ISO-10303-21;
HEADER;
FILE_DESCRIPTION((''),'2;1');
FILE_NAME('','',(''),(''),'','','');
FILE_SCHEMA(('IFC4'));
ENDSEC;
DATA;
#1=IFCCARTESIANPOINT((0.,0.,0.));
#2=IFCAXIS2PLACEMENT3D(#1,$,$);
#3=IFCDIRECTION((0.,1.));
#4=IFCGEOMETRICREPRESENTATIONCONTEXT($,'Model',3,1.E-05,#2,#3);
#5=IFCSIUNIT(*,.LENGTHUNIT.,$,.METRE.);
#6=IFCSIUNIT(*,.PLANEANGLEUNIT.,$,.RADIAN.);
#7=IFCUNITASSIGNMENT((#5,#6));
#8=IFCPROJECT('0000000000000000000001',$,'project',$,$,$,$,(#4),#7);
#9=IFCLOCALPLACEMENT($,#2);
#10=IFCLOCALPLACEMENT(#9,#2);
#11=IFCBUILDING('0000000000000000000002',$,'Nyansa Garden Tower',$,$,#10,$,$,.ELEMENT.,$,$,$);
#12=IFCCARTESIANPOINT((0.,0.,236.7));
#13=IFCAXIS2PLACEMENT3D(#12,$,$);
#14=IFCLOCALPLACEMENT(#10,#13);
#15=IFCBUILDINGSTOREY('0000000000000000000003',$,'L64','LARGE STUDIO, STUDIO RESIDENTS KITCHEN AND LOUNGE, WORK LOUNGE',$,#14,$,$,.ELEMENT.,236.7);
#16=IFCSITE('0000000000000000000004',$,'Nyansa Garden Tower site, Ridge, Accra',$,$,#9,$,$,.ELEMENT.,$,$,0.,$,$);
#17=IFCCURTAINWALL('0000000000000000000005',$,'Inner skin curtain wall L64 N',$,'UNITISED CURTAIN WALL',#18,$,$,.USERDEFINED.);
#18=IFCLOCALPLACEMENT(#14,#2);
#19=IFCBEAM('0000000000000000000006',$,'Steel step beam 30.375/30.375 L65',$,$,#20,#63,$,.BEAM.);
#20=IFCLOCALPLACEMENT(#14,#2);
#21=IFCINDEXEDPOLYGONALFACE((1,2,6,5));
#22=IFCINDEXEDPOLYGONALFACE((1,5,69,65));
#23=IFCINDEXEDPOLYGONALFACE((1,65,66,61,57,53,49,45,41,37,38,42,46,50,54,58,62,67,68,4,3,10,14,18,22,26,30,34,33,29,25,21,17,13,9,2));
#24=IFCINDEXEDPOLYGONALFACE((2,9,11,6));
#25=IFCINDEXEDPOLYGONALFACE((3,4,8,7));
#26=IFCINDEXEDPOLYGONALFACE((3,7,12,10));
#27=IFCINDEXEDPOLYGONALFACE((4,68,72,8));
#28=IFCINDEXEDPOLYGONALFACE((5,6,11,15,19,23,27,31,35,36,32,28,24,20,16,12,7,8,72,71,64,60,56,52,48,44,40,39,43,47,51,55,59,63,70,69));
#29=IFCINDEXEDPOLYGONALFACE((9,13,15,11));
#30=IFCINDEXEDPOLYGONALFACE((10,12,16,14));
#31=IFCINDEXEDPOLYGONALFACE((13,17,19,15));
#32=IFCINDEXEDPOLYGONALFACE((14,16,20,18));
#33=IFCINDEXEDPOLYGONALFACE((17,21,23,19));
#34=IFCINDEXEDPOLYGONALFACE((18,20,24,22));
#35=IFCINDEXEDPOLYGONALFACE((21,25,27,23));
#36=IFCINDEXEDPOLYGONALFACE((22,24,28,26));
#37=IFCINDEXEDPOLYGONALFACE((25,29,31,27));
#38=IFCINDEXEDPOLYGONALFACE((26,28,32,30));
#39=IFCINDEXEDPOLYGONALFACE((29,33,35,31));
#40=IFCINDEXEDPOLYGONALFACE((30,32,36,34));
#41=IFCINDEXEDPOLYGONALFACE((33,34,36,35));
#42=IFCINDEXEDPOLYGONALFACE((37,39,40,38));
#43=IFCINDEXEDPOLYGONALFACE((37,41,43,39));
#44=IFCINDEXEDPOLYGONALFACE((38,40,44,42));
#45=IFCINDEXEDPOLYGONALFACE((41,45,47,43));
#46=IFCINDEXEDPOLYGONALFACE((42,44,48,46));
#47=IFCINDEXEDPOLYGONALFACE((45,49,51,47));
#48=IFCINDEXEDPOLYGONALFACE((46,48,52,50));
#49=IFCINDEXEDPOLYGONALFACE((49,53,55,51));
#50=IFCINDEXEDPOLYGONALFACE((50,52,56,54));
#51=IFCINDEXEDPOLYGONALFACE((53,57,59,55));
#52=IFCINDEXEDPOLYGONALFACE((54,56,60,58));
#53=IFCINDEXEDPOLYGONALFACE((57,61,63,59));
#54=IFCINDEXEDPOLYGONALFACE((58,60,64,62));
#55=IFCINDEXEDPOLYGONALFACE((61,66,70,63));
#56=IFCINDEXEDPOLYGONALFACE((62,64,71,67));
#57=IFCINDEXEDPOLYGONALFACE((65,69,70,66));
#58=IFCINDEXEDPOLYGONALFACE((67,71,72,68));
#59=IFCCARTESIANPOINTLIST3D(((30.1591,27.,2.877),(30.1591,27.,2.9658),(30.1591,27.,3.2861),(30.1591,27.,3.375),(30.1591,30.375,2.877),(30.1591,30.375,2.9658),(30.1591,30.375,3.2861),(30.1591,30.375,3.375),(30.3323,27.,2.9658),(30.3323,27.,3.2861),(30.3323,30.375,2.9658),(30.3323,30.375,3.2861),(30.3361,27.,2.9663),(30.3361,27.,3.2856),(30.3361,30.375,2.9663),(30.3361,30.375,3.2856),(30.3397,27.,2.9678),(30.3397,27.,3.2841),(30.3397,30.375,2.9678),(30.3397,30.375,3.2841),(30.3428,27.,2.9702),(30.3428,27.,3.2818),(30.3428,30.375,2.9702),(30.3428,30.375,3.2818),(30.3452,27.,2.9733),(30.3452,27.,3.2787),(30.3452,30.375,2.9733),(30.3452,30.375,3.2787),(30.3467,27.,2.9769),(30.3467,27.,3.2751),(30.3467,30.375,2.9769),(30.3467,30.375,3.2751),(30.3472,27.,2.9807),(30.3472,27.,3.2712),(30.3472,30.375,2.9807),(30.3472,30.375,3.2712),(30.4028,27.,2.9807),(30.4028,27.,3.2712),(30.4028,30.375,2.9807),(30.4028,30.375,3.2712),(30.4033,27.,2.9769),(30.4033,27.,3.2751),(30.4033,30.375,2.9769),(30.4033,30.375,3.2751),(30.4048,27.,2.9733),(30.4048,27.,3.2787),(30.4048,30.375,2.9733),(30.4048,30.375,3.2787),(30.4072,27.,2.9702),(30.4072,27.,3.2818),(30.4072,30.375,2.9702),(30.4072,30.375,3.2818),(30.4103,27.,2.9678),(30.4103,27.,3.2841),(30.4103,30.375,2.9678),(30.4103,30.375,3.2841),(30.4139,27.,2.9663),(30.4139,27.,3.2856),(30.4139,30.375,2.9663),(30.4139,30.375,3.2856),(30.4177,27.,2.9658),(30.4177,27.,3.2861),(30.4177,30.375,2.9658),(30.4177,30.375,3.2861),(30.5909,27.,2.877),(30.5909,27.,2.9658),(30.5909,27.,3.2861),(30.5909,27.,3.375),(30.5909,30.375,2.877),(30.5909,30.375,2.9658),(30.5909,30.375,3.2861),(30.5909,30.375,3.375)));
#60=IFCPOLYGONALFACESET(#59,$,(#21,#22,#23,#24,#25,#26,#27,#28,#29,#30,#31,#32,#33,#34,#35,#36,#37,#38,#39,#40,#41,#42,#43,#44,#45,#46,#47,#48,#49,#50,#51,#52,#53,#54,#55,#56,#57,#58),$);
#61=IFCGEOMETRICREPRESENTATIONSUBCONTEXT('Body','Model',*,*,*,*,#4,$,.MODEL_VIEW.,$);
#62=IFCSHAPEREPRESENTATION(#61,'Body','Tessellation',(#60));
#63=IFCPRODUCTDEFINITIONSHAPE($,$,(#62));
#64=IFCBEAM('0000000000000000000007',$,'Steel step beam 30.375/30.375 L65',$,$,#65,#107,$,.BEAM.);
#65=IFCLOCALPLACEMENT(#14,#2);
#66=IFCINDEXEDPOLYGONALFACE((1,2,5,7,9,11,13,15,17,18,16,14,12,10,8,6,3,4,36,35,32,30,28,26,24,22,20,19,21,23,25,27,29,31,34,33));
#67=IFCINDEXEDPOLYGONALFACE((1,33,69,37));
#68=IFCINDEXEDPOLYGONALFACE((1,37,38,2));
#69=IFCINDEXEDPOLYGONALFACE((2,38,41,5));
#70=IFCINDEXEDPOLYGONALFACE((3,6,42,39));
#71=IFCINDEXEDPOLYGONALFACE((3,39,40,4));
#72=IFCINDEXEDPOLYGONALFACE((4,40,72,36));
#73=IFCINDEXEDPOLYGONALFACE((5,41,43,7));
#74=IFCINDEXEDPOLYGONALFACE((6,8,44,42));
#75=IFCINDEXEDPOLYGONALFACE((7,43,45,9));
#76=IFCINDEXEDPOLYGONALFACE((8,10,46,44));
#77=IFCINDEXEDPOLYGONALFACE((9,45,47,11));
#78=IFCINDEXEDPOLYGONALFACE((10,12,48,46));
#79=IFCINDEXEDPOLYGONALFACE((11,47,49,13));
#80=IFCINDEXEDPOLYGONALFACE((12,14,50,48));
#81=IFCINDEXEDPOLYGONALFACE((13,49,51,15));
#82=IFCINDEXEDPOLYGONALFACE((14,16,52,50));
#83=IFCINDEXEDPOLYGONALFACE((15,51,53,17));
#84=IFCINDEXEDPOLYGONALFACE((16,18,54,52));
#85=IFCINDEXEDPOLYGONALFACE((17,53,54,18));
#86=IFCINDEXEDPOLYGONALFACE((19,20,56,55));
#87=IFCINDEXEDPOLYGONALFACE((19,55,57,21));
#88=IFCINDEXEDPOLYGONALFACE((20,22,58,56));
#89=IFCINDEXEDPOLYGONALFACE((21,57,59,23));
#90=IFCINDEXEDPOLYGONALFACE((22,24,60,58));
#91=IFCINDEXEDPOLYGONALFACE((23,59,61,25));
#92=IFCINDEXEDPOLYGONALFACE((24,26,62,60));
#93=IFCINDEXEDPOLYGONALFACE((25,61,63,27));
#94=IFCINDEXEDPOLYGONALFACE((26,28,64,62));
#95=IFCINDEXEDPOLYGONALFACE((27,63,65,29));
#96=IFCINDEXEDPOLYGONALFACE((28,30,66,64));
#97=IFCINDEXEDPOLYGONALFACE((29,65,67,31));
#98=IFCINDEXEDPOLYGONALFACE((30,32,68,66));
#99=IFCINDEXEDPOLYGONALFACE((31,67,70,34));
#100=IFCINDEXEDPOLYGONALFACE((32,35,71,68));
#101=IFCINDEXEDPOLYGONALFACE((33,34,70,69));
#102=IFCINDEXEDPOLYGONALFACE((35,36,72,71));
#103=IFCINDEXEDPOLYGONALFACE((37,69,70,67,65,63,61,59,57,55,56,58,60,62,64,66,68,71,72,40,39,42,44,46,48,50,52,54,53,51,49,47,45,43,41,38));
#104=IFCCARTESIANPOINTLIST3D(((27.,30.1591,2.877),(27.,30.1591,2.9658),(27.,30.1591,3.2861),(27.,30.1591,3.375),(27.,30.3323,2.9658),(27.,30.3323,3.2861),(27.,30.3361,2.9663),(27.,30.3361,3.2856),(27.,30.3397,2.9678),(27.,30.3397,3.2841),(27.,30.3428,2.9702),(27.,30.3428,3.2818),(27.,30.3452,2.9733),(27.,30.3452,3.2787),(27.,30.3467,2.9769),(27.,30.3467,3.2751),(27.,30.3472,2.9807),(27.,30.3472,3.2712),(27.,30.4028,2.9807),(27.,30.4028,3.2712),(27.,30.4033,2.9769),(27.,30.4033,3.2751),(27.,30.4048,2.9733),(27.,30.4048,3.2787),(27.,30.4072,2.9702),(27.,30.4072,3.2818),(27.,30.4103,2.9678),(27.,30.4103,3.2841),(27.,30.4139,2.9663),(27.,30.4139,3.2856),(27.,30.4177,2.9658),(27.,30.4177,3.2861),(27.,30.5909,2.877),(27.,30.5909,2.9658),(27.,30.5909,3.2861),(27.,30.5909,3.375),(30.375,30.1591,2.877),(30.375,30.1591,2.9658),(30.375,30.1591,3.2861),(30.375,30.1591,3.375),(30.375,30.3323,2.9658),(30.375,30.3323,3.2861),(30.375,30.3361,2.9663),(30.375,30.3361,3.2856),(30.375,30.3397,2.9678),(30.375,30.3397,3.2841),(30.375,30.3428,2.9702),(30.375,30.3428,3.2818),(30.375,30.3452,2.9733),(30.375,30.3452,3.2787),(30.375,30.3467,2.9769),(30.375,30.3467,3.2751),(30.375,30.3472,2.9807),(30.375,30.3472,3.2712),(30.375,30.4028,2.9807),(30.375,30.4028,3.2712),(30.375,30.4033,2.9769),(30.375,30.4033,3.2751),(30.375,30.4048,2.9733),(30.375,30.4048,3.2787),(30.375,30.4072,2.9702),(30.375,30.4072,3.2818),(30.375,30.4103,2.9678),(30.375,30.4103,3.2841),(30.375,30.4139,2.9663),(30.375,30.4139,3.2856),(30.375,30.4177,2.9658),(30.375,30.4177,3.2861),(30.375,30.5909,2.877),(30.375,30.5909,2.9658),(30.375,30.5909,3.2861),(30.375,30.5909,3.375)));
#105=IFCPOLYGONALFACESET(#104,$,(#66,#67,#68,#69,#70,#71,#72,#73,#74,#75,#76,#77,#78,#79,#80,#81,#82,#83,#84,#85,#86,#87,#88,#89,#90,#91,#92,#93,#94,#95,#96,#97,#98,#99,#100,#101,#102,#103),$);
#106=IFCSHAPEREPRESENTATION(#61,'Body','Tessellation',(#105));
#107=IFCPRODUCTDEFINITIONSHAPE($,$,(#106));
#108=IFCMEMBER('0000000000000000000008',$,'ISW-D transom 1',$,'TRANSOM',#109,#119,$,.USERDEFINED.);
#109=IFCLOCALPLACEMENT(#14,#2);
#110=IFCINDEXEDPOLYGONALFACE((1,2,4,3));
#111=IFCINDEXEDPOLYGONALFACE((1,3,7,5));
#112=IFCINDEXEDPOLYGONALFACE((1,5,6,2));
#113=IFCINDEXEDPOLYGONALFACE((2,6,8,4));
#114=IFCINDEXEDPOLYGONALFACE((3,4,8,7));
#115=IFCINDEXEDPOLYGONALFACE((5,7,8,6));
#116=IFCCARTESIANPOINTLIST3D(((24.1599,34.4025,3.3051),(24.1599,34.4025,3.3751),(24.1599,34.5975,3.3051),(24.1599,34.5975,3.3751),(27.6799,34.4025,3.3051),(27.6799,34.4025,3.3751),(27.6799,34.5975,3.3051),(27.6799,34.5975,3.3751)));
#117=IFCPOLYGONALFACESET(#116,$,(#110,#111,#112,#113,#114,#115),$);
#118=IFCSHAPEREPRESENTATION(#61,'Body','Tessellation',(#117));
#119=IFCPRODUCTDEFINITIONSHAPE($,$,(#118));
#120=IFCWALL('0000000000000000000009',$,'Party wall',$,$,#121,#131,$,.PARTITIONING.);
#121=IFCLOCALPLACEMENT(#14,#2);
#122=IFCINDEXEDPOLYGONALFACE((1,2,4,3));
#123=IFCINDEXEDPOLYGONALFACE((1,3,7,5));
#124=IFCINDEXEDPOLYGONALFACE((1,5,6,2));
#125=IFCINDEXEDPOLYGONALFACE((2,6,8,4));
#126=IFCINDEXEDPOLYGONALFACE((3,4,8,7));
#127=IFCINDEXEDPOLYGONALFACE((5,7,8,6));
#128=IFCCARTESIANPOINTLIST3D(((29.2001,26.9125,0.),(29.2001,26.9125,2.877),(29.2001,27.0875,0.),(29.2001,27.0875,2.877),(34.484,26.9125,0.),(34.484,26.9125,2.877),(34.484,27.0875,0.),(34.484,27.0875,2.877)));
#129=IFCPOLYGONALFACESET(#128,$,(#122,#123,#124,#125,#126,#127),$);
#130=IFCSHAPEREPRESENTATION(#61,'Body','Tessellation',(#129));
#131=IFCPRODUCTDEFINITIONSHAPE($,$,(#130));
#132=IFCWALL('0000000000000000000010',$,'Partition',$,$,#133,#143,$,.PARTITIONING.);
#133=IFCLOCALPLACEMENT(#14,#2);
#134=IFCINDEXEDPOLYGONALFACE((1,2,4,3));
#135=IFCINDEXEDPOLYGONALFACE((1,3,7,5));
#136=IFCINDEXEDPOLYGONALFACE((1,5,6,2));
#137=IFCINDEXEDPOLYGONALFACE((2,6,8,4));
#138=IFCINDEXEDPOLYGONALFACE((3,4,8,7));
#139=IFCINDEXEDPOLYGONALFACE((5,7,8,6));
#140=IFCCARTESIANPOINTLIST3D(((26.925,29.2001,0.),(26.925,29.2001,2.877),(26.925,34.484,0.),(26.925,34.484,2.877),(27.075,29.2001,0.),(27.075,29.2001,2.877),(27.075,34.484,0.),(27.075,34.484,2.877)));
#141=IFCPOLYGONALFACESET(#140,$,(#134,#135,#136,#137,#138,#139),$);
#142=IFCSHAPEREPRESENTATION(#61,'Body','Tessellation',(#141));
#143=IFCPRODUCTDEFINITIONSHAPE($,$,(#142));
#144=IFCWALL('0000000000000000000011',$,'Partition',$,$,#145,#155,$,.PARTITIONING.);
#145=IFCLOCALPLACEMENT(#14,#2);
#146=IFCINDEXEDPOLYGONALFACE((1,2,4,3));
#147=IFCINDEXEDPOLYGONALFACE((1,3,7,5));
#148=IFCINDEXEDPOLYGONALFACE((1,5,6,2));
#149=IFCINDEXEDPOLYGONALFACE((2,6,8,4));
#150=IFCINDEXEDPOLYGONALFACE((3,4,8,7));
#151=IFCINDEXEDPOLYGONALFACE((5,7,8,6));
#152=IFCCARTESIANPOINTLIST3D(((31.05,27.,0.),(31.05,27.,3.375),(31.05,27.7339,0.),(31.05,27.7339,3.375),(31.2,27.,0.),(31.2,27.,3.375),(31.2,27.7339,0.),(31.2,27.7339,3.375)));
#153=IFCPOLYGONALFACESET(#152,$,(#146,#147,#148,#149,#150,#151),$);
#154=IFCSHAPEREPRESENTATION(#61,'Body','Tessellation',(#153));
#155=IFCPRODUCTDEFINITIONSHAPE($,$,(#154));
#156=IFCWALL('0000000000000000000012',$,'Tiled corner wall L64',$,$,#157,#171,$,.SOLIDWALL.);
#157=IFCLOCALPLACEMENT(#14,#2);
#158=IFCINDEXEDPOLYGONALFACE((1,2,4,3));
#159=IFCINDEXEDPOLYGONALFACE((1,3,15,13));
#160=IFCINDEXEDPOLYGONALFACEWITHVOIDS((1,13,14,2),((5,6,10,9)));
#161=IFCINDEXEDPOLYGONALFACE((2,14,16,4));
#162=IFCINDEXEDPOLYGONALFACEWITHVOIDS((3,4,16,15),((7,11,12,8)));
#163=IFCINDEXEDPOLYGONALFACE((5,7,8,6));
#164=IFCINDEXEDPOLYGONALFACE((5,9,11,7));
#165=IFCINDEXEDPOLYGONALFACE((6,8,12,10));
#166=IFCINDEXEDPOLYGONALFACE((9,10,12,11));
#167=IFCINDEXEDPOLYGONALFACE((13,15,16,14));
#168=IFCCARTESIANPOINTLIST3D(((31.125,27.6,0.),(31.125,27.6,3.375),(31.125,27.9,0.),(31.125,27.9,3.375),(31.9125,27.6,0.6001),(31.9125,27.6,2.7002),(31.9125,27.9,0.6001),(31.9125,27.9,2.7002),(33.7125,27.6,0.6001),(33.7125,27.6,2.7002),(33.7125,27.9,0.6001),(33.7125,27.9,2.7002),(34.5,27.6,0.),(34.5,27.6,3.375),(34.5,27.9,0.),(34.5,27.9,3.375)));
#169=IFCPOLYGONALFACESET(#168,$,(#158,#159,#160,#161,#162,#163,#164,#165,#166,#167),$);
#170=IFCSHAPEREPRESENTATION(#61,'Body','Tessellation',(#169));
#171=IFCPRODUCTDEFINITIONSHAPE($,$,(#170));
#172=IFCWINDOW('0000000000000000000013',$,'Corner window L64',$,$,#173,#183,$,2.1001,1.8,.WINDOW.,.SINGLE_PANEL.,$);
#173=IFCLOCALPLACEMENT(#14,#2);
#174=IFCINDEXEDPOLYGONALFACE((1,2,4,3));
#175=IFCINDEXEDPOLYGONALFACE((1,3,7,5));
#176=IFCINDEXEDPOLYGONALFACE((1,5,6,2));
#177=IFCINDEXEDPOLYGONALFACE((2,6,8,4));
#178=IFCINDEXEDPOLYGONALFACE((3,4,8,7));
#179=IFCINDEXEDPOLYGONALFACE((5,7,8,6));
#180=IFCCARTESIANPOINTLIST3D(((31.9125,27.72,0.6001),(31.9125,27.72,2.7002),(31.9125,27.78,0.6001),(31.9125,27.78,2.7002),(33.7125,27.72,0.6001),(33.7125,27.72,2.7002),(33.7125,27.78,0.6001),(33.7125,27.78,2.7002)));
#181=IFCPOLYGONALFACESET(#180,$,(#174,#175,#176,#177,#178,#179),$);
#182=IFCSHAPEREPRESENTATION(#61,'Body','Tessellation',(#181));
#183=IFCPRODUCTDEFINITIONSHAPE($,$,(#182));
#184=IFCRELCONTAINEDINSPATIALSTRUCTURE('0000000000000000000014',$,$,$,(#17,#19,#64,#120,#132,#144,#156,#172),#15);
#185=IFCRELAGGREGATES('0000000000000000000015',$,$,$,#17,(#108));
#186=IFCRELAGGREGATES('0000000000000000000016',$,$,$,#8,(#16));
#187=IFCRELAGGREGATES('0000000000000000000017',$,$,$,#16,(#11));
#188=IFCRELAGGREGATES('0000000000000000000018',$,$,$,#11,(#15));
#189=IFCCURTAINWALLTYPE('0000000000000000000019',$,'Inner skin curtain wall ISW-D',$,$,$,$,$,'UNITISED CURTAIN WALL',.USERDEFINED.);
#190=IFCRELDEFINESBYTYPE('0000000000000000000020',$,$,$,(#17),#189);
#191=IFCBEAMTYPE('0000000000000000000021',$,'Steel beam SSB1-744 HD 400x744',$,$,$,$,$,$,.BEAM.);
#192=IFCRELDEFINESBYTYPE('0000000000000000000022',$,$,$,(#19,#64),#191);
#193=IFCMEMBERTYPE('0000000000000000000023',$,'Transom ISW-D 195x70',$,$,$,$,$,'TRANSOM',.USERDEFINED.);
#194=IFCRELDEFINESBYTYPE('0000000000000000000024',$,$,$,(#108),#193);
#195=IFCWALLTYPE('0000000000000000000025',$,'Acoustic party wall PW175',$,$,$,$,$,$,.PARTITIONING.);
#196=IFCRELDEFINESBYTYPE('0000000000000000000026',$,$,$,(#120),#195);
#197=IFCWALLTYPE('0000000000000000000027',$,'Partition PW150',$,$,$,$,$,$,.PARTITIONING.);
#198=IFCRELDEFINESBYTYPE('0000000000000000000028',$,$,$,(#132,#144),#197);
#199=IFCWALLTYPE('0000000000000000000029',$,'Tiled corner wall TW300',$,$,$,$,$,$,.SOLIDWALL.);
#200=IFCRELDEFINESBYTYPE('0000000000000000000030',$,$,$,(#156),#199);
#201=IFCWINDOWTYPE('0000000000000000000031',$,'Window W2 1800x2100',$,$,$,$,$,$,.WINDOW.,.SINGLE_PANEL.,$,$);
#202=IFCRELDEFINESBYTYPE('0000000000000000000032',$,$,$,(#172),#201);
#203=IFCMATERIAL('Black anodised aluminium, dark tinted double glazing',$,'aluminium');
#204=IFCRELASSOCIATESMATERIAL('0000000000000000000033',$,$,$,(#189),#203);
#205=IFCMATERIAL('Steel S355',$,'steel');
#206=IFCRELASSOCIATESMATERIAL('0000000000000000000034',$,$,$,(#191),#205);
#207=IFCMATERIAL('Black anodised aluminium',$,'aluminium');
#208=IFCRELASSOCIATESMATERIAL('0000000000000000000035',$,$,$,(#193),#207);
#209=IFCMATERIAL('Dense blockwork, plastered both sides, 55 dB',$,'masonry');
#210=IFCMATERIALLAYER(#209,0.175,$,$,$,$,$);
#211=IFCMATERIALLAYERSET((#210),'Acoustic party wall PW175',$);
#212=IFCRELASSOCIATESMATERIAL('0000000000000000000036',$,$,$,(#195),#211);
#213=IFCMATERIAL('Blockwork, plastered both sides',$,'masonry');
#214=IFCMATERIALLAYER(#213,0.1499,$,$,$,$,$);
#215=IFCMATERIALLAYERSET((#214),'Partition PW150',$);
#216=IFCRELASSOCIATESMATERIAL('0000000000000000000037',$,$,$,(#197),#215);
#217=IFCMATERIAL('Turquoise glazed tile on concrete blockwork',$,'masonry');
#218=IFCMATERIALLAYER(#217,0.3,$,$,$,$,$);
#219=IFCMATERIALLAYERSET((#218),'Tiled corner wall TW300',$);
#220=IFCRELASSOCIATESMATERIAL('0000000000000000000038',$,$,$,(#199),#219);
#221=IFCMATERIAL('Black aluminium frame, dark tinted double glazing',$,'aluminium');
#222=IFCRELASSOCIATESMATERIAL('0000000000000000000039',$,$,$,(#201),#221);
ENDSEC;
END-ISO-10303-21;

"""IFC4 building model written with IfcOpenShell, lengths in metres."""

from ifc_helpers import new_model, si_unit, direction, frame, frame_2d, origin, origin_2d, place, context, subcontext, project, spatial, rectangle, i_section, extrude, material, layer, layer_set, material_profile, profile_set, type_object, element, fill, aggregate, save


model = new_model("IFC4")

# Units and contexts
model_context = context("Model", 3, precision=1e-05, world=origin(), true_north=direction((0.0, 1.0)))
body_context = subcontext(model_context, "Body", "Model", "MODEL_VIEW")
ifc_project = project(units=[si_unit("LENGTHUNIT", "METRE"), si_unit("PLANEANGLEUNIT", "RADIAN")], contexts=[model_context])

# Site, building, storey
site_placement = place(None, origin())
site = spatial("IfcSite", under=ifc_project, at=site_placement, Name="Nyansa Garden Tower site, Ridge, Accra", CompositionType="ELEMENT", RefElevation=0.0)
building_placement = place(site_placement, origin())
building = spatial("IfcBuilding", under=site, at=building_placement, Name="Nyansa Garden Tower", CompositionType="ELEMENT")
storey_placement = place(building_placement, frame((0.0, 0.0, 236.7)))
storey = spatial("IfcBuildingStorey", under=building, at=storey_placement, Name="L64", Description="LARGE STUDIO, STUDIO RESIDENTS KITCHEN AND LOUNGE, WORK LOUNGE", CompositionType="ELEMENT", Elevation=236.7)

# Curtain wall
ifc_material_1 = material(Name="Black anodised aluminium, dark tinted double glazing", Category="aluminium")
curtain_wall_type = type_object("IfcCurtainWallType", Name="Inner skin curtain wall ISW-D", ElementType="UNITISED CURTAIN WALL", PredefinedType="USERDEFINED", material=ifc_material_1)
curtain_wall_1_placement = place(storey_placement, origin())
curtain_wall_1 = element("IfcCurtainWall", 1, at=curtain_wall_1_placement, inside=storey, type_object=curtain_wall_type, Name="Inner skin curtain wall L64 N", ObjectType="UNITISED CURTAIN WALL", PredefinedType="USERDEFINED")

# Beams
ifc_material_2 = material(Name="Steel S355", Category="steel")
ifc_material_profile_1 = material_profile(ifc_material_2, i_section(OverallWidth=0.4319, OverallDepth=0.498, WebThickness=0.0557, FlangeThickness=0.0889, FilletRadius=0.0149, at=origin_2d()), Name="HD 400x744")
ifc_profile_set_1 = profile_set([ifc_material_profile_1], Name="Steel S355")
beam_type_1 = type_object("IfcBeamType", Name="Steel beam SSB1-744 HD 400x744", PredefinedType="BEAM", material=ifc_profile_set_1)
for number, where, z_axis, x_axis, name in (
    (2, (30.375, 30.375, 3.126), (0.0, -1.0, 0.0), (1.0, 0.0, 0.0), "Steel step beam 30.375/30.375 L65"),
    (3, (30.375, 30.375, 3.126), (-1.0, 0.0, 0.0), (0.0, -1.0, 0.0), "Steel step beam 30.375/30.375 L65"),
):
    element("IfcBeam", number, at=place(storey_placement, frame(where, z_axis=z_axis, x_axis=x_axis)), inside=storey, type_object=beam_type_1, Name=name, PredefinedType="BEAM", context=body_context, shape_type="SweptSolid", body=[
        extrude(i_section(OverallWidth=0.4319, OverallDepth=0.498, WebThickness=0.0557, FlangeThickness=0.0889, FilletRadius=0.0149, at=origin_2d()), origin(), (0.0, 0.0, 1.0), 3.375),
    ])

# Member
ifc_material_3 = material(Name="Black anodised aluminium", Category="aluminium")
ifc_material_profile_2 = material_profile(ifc_material_3, rectangle(XDim=0.1951, YDim=0.0701, at=origin_2d()), Name="Transom 195x70")
ifc_profile_set_2 = profile_set([ifc_material_profile_2], Name="Black anodised aluminium")
member_type_1 = type_object("IfcMemberType", Name="Transom ISW-D 195x70", ElementType="TRANSOM", PredefinedType="USERDEFINED", material=ifc_profile_set_2)
member_1_placement = place(storey_placement, frame((27.6799, 34.5, 3.3401), z_axis=(-1.0, 0.0, 0.0), x_axis=(0.0, -1.0, 0.0)))
member_1 = element("IfcMember", 4, at=member_1_placement, type_object=member_type_1, Name="ISW-D transom 1", ObjectType="TRANSOM", PredefinedType="USERDEFINED", context=body_context, shape_type="SweptSolid", body=[
    extrude(rectangle(XDim=0.1951, YDim=0.0701, at=origin_2d()), origin(), (0.0, 0.0, 1.0), 3.52),
])
aggregate(curtain_wall_1, [member_1])

# Walls
ifc_material_4 = material(Name="Dense blockwork, plastered both sides, 55 dB", Category="masonry")
ifc_layer_1 = layer(ifc_material_4, 0.175)
ifc_layer_set_1 = layer_set([ifc_layer_1], Name="Acoustic party wall PW175")
wall_type_1 = type_object("IfcWallType", Name="Acoustic party wall PW175", PredefinedType="PARTITIONING", material=ifc_layer_set_1)
wall_1_placement = place(storey_placement, frame((29.2, 27.0, 0.0), z_axis=(0.0, 0.0, 1.0), x_axis=(1.0, 0.0, 0.0)))
element("IfcWall", 5, at=wall_1_placement, inside=storey, type_object=wall_type_1, Name="Party wall", PredefinedType="PARTITIONING", context=body_context, shape_type="SweptSolid", body=[
    extrude(rectangle(XDim=5.2839, YDim=0.175, at=frame_2d((2.6421, 0.0))), origin(), (0.0, 0.0, 1.0), 2.877),
])
ifc_material_5 = material(Name="Blockwork, plastered both sides", Category="masonry")
ifc_layer_2 = layer(ifc_material_5, 0.1499)
ifc_layer_set_2 = layer_set([ifc_layer_2], Name="Partition PW150")
wall_type_2 = type_object("IfcWallType", Name="Partition PW150", PredefinedType="PARTITIONING", material=ifc_layer_set_2)
wall_2_placement = place(storey_placement, frame((27.0, 29.2, 0.0), z_axis=(0.0, 0.0, 1.0), x_axis=(0.0, 1.0, 0.0)))
element("IfcWall", 6, at=wall_2_placement, inside=storey, type_object=wall_type_2, Name="Partition", PredefinedType="PARTITIONING", context=body_context, shape_type="SweptSolid", body=[
    extrude(rectangle(XDim=5.2839, YDim=0.1499, at=frame_2d((2.6421, 0.0))), origin(), (0.0, 0.0, 1.0), 2.877),
])
wall_3_placement = place(storey_placement, frame((31.125, 27.0, 0.0), z_axis=(0.0, 0.0, 1.0), x_axis=(0.0, 1.0, 0.0)))
element("IfcWall", 7, at=wall_3_placement, inside=storey, type_object=wall_type_2, Name="Partition", PredefinedType="PARTITIONING", context=body_context, shape_type="SweptSolid", body=[
    extrude(rectangle(XDim=0.7339, YDim=0.1499, at=frame_2d((0.3669, 0.0))), origin(), (0.0, 0.0, 1.0), 3.375),
])

# Wall, opening, window
ifc_material_6 = material(Name="Turquoise glazed tile on concrete blockwork", Category="masonry")
ifc_layer_3 = layer(ifc_material_6, 0.3)
ifc_layer_set_3 = layer_set([ifc_layer_3], Name="Tiled corner wall TW300")
wall_type_3 = type_object("IfcWallType", Name="Tiled corner wall TW300", PredefinedType="SOLIDWALL", material=ifc_layer_set_3)
wall_4_placement = place(storey_placement, frame((34.5, 27.75, 0.0), z_axis=(0.0, 0.0, 1.0), x_axis=(-1.0, 0.0, 0.0)))
wall_4 = element("IfcWall", 8, at=wall_4_placement, inside=storey, type_object=wall_type_3, Name="Tiled corner wall L64", PredefinedType="SOLIDWALL", context=body_context, shape_type="SweptSolid", body=[
    extrude(rectangle(XDim=3.375, YDim=0.3, at=frame_2d((1.6875, 0.0))), origin(), (0.0, 0.0, 1.0), 3.375),
])
opening_1_placement = place(wall_4_placement, frame((0.7876, 0.0, 0.6001)))
opening_1 = element("IfcOpeningElement", 9, at=opening_1_placement, cuts=wall_4, PredefinedType="OPENING", context=body_context, shape_type="SweptSolid", body=[
    extrude(rectangle(XDim=1.8, YDim=2.1001, at=frame_2d((0.8999, 1.05))), frame((0.0, 0.1599, 0.0), z_axis=(0.0, -1.0, 0.0), x_axis=(1.0, 0.0, 0.0)), (0.0, 0.0, 1.0), 0.3201),
])
ifc_material_7 = material(Name="Black aluminium frame, dark tinted double glazing", Category="aluminium")
window_type_1 = type_object("IfcWindowType", Name="Window W2 1800x2100", PartitioningType="SINGLE_PANEL", PredefinedType="WINDOW", material=ifc_material_7)
window_1_placement = place(opening_1_placement, origin())
window_1 = element("IfcWindow", 10, at=window_1_placement, inside=storey, type_object=window_type_1, Name="Corner window L64", OverallHeight=2.1001, OverallWidth=1.8, PartitioningType="SINGLE_PANEL", PredefinedType="WINDOW", context=body_context, shape_type="SweptSolid", body=[
    extrude(rectangle(XDim=1.8, YDim=2.1001, at=frame_2d((0.8999, 1.05))), frame((0.0, 0.03, 0.0), z_axis=(0.0, -1.0, 0.0), x_axis=(1.0, 0.0, 0.0)), (0.0, 0.0, 1.0), 0.0601),
])
fill(opening_1, window_1)

save(model, "model.ifc")
